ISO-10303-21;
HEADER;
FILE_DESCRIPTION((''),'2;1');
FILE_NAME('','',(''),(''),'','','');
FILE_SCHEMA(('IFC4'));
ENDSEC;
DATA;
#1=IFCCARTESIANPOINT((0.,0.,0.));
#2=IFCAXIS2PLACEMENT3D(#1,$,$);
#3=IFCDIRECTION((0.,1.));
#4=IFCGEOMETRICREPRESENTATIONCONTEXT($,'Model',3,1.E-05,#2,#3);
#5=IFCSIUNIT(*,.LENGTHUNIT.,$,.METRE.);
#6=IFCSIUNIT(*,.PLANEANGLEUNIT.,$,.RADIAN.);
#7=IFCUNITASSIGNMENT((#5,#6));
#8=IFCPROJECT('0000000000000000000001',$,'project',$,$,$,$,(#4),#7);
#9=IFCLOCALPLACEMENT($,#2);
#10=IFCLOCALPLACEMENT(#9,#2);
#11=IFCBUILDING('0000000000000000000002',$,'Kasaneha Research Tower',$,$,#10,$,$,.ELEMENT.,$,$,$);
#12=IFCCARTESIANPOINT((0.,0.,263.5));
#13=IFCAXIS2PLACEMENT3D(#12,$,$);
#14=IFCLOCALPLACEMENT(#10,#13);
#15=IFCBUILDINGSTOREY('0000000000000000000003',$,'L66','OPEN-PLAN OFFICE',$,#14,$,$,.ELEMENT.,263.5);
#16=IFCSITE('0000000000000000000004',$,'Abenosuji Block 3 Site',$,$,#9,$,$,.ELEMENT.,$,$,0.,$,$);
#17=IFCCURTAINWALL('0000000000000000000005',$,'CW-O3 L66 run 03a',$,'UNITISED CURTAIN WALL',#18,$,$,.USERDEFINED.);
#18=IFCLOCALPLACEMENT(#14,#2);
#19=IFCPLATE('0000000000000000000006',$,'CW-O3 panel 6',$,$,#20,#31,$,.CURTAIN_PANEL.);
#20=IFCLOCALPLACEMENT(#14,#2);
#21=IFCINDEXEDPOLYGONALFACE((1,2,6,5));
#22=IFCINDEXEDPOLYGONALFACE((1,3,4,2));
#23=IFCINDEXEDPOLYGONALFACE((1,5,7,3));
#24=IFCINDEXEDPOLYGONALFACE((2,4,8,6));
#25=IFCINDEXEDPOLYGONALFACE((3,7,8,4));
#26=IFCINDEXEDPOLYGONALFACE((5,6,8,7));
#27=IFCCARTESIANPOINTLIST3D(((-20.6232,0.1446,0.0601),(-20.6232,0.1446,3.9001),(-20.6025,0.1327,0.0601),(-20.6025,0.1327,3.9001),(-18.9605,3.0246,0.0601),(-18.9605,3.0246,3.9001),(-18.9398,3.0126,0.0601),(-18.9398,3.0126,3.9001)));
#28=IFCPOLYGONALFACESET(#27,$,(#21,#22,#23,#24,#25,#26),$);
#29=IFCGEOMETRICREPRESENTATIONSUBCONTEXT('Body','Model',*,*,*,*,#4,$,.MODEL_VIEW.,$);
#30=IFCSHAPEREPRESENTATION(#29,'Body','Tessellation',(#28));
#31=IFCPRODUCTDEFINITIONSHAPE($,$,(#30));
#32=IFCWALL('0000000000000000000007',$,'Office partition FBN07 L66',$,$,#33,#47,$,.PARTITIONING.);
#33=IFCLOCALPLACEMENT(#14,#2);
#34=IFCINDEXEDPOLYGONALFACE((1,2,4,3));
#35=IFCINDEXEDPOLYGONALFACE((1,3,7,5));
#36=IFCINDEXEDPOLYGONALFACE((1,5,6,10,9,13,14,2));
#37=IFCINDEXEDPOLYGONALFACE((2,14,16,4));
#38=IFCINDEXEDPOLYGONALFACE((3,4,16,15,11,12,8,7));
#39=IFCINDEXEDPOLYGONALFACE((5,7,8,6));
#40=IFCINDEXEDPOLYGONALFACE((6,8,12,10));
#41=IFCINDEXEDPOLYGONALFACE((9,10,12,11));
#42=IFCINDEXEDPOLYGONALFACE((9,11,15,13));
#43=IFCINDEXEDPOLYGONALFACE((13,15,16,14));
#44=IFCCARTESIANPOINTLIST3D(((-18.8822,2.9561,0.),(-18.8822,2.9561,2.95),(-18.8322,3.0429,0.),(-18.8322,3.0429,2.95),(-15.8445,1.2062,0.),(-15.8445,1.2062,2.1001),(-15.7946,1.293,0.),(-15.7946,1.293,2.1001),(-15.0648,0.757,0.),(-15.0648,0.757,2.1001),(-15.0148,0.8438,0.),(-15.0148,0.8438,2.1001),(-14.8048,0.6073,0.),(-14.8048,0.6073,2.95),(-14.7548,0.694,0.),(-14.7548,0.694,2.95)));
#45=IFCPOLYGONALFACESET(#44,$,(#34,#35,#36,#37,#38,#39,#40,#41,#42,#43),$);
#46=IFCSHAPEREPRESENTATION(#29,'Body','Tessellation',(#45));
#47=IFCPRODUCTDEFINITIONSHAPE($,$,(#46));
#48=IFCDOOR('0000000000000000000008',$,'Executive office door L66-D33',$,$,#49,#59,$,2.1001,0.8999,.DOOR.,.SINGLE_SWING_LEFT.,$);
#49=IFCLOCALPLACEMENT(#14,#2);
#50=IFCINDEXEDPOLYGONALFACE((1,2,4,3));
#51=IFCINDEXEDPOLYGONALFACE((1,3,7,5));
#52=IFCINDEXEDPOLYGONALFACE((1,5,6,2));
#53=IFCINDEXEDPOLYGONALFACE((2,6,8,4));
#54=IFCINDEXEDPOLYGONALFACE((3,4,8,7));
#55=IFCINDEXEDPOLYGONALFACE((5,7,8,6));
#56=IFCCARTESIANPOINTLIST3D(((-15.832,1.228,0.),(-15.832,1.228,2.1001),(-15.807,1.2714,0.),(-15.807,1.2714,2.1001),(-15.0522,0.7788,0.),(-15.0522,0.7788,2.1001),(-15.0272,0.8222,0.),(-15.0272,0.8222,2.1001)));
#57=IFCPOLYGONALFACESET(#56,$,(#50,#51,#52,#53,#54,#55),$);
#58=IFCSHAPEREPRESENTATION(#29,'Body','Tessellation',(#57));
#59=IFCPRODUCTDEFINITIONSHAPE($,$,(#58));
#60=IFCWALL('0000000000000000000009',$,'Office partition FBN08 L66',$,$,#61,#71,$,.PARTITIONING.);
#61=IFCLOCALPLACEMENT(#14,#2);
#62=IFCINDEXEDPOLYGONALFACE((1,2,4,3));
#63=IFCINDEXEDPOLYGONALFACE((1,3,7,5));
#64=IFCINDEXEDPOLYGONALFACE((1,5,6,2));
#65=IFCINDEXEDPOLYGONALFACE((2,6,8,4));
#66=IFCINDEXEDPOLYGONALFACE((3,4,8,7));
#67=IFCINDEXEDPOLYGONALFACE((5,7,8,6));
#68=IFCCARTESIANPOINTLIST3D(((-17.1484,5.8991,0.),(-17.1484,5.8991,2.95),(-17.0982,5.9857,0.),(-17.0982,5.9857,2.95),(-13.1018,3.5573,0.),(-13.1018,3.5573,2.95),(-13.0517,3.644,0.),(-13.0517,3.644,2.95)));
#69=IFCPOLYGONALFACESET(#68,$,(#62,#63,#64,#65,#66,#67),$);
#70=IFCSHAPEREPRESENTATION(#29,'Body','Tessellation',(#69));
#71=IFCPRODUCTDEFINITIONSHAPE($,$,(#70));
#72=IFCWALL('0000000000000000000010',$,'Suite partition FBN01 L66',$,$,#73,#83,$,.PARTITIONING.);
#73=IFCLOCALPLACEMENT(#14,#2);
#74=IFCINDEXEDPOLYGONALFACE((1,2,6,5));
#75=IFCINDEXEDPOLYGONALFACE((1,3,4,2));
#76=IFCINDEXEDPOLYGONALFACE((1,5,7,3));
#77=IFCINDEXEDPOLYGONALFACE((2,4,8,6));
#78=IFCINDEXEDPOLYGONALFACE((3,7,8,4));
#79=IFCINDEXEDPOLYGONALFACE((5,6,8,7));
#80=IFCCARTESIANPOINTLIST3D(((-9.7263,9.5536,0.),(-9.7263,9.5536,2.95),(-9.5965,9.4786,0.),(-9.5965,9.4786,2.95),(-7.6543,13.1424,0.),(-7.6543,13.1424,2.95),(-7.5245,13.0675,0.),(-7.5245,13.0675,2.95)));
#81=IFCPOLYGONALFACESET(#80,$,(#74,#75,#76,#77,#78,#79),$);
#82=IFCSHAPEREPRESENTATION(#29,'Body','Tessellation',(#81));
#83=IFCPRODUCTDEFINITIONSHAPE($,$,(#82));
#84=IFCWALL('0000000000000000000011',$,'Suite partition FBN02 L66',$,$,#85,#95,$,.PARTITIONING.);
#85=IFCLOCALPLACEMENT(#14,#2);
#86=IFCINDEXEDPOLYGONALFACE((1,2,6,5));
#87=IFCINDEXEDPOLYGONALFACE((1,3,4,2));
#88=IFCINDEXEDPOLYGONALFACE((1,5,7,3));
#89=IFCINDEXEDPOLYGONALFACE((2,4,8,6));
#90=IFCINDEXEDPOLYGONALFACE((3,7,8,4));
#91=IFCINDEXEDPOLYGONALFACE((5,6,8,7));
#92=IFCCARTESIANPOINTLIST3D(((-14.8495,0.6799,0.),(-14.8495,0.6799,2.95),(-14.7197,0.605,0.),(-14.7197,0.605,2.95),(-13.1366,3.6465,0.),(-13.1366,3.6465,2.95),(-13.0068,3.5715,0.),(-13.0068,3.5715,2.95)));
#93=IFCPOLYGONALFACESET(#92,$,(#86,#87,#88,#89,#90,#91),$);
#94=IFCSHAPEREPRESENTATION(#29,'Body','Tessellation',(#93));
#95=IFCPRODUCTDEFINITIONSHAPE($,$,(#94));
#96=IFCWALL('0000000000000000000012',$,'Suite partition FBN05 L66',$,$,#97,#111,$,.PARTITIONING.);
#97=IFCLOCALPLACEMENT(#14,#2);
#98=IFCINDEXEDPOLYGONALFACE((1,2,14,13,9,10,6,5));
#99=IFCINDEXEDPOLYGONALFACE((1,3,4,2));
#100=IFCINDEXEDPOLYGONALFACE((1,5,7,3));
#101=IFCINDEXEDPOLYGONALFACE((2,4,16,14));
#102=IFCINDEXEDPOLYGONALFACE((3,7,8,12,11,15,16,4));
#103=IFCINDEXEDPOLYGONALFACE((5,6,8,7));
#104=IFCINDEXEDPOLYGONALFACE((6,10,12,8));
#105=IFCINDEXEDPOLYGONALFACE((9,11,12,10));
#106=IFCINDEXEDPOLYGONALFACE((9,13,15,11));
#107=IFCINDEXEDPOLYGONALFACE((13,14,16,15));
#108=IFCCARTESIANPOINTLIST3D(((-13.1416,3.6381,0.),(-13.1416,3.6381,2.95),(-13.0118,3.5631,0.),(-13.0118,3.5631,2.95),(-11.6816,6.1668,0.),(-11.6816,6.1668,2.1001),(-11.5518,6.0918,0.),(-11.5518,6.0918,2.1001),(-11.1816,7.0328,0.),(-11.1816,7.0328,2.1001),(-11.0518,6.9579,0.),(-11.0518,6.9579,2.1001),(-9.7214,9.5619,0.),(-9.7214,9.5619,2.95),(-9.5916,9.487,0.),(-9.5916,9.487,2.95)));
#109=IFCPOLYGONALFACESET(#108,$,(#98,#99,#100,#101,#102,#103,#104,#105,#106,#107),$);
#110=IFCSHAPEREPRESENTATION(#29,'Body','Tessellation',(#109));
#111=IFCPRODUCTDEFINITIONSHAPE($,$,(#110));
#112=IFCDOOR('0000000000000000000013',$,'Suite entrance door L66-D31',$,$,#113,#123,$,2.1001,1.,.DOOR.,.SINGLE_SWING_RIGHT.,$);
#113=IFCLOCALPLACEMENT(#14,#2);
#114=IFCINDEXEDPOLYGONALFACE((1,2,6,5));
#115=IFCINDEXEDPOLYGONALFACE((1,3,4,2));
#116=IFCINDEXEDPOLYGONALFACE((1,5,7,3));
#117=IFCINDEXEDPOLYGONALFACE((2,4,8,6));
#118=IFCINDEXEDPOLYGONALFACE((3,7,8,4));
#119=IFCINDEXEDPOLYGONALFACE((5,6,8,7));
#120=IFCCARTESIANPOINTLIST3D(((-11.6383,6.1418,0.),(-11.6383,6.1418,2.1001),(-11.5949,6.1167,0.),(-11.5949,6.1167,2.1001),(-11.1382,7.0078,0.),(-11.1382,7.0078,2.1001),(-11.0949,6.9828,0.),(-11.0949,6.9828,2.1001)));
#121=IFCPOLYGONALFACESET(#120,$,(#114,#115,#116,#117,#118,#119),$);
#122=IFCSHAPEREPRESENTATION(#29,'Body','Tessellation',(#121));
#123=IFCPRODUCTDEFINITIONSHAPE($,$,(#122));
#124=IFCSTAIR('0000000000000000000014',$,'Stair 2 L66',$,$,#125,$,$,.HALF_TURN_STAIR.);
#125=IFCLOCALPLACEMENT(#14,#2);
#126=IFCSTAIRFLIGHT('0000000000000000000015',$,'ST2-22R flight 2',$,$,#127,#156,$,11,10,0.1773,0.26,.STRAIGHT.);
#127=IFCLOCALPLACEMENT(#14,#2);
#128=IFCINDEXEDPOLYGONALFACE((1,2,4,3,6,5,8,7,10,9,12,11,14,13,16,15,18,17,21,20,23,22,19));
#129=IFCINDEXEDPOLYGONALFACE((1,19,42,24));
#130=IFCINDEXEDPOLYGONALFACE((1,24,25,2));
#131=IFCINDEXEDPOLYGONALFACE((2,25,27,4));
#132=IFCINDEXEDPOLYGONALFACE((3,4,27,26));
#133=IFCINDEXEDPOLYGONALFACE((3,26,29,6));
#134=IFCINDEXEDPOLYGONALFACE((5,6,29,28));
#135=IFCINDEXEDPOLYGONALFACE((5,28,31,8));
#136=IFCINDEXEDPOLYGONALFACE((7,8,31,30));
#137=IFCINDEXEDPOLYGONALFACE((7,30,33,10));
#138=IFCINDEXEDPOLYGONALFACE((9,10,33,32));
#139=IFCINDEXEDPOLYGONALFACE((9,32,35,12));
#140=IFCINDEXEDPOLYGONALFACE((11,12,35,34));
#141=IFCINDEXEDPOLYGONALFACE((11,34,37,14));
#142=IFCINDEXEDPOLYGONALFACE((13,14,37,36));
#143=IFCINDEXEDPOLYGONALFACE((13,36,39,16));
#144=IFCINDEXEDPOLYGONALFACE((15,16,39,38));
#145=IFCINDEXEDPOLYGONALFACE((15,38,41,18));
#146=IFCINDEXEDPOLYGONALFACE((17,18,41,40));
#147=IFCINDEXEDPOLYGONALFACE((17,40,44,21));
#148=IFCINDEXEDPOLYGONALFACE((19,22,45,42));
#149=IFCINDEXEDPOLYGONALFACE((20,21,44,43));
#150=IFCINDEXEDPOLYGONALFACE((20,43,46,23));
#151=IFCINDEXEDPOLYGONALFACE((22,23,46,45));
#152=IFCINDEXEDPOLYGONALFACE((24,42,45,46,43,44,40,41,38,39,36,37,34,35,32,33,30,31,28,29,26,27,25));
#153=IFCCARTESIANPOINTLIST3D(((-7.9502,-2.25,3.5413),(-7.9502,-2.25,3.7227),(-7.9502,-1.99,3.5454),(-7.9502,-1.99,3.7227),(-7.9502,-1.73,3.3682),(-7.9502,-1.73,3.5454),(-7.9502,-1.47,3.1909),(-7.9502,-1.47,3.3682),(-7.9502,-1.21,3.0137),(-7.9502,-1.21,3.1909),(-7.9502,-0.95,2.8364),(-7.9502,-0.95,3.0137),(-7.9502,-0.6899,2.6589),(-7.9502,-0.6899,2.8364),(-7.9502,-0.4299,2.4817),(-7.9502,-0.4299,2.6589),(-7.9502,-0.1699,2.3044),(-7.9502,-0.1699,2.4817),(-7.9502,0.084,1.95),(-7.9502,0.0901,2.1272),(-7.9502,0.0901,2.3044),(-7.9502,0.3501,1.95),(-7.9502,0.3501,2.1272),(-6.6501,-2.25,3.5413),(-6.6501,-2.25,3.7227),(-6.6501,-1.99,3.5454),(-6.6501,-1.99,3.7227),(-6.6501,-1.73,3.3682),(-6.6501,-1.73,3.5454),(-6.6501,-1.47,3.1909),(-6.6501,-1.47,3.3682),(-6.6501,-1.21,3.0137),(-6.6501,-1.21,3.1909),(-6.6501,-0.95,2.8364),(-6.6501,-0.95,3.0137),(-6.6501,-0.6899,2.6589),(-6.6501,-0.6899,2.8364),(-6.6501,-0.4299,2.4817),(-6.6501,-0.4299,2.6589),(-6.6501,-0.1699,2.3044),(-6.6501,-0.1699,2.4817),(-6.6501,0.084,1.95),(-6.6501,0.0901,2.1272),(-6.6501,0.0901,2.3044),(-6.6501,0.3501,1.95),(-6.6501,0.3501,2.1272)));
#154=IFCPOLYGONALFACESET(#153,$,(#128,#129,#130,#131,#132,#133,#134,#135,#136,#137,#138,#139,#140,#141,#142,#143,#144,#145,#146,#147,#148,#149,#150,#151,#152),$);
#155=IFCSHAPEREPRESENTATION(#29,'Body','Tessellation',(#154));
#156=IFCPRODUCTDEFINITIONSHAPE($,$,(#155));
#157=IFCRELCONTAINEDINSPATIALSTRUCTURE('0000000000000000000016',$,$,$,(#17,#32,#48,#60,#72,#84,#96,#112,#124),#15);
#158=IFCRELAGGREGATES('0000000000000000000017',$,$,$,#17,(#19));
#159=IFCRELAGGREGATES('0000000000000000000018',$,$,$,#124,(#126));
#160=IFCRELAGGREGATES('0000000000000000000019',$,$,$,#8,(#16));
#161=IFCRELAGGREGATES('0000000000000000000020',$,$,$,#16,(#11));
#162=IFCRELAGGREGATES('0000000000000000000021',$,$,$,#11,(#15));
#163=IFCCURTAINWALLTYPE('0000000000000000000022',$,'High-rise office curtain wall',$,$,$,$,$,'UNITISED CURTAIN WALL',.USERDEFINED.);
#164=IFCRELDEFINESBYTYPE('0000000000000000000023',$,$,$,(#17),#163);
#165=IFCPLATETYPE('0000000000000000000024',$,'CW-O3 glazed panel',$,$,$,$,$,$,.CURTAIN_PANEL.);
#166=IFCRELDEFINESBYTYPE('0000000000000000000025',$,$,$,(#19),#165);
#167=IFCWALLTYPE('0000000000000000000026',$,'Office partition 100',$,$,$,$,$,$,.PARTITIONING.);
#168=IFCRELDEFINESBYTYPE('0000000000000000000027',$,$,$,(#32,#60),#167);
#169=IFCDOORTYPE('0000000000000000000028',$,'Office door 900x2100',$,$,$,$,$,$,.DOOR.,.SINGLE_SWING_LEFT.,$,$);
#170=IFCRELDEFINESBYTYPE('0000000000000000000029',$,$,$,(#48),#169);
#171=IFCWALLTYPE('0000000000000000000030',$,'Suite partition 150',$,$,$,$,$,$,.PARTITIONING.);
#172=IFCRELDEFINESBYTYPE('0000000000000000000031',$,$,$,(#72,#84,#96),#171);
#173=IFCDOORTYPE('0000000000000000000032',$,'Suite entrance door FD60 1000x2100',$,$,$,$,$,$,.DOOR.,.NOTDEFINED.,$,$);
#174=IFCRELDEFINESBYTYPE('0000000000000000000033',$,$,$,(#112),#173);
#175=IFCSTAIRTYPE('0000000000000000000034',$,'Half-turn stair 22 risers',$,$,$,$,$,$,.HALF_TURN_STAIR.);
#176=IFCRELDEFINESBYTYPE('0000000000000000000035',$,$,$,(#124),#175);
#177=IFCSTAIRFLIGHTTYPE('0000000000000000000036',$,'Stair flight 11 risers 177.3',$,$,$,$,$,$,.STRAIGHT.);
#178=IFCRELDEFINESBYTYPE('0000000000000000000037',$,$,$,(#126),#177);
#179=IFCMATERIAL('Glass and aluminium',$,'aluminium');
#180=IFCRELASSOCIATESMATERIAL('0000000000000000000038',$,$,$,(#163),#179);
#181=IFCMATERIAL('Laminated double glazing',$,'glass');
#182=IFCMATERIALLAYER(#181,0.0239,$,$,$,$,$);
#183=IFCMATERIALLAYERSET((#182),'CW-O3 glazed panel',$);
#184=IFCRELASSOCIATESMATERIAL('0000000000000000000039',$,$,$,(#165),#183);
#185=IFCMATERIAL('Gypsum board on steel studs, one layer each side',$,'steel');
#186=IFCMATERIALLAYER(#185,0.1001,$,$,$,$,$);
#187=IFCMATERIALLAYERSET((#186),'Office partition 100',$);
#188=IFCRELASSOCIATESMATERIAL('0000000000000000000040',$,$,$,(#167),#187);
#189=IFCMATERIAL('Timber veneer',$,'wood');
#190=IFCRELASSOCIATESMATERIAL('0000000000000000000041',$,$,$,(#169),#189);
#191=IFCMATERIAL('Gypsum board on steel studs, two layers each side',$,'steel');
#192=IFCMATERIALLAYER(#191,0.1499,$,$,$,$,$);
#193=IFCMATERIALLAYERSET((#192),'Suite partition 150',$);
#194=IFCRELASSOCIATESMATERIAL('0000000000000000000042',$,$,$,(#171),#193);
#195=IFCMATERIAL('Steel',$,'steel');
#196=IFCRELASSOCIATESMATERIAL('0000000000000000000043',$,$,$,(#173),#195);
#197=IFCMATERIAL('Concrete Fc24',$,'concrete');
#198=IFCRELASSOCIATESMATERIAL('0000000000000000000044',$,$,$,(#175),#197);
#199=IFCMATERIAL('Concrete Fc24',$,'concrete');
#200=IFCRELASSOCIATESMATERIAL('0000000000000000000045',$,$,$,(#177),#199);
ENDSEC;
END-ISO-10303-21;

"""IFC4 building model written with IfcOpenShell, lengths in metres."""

from ifc_helpers import new_model, si_unit, direction, frame, frame_2d, origin, origin_2d, place, context, subcontext, project, spatial, polyline, rectangle, outline, extrude, material, layer, layer_set, type_object, element, fill, aggregate, save


model = new_model("IFC4")

# Units and contexts
model_context = context("Model", 3, precision=1e-05, world=origin(), true_north=direction((0.0, 1.0)))
body_context = subcontext(model_context, "Body", "Model", "MODEL_VIEW")
ifc_project = project(units=[si_unit("LENGTHUNIT", "METRE"), si_unit("PLANEANGLEUNIT", "RADIAN")], contexts=[model_context])

# Site, building, storey
site_placement = place(None, origin())
site = spatial("IfcSite", under=ifc_project, at=site_placement, Name="Abenosuji Block 3 Site", CompositionType="ELEMENT", RefElevation=0.0)
building_placement = place(site_placement, origin())
building = spatial("IfcBuilding", under=site, at=building_placement, Name="Kasaneha Research Tower", CompositionType="ELEMENT")
storey_placement = place(building_placement, frame((0.0, 0.0, 263.5)))
storey = spatial("IfcBuildingStorey", under=building, at=storey_placement, Name="L66", Description="OPEN-PLAN OFFICE", CompositionType="ELEMENT", Elevation=263.5)

# Curtain wall
ifc_material_1 = material(Name="Glass and aluminium", Category="aluminium")
curtain_wall_type = type_object("IfcCurtainWallType", Name="High-rise office curtain wall", ElementType="UNITISED CURTAIN WALL", PredefinedType="USERDEFINED", material=ifc_material_1)
curtain_wall_placement = place(storey_placement, origin())
curtain_wall = element("IfcCurtainWall", 1, at=curtain_wall_placement, inside=storey, type_object=curtain_wall_type, Name="CW-O3 L66 run 03a", ObjectType="UNITISED CURTAIN WALL", PredefinedType="USERDEFINED")

# Plate
ifc_material_2 = material(Name="Laminated double glazing", Category="glass")
ifc_layer_1 = layer(ifc_material_2, 0.0239)
ifc_layer_set_1 = layer_set([ifc_layer_1], Name="CW-O3 glazed panel")
plate_type = type_object("IfcPlateType", Name="CW-O3 glazed panel", PredefinedType="CURTAIN_PANEL", material=ifc_layer_set_1)
plate_1_placement = place(storey_placement, frame((-19.7815, 1.5786, 0.0601), z_axis=(0.0, 0.0, 1.0), x_axis=(-0.5, -0.866025, 0.0)))
plate_1 = element("IfcPlate", 2, at=plate_1_placement, type_object=plate_type, Name="CW-O3 panel 6", PredefinedType="CURTAIN_PANEL", context=body_context, shape_type="SweptSolid", body=[
    extrude(rectangle(XDim=3.3254, YDim=0.0239, at=origin_2d()), origin(), (0.0, 0.0, 1.0), 3.8401),
])
aggregate(curtain_wall, [plate_1])

# Wall, opening, door
ifc_material_3 = material(Name="Gypsum board on steel studs, one layer each side", Category="steel")
ifc_layer_2 = layer(ifc_material_3, 0.1001)
ifc_layer_set_2 = layer_set([ifc_layer_2], Name="Office partition 100")
wall_type_1 = type_object("IfcWallType", Name="Office partition 100", PredefinedType="PARTITIONING", material=ifc_layer_set_2)
wall_1_placement = place(storey_placement, frame((-14.7798, 0.6506, 0.0), z_axis=(0.0, 0.0, 1.0), x_axis=(-0.866504, 0.49917, 0.0)))
wall_1 = element("IfcWall", 3, at=wall_1_placement, inside=storey, type_object=wall_type_1, Name="Office partition FBN07 L66", PredefinedType="PARTITIONING", context=body_context, shape_type="SweptSolid", body=[
    extrude(rectangle(XDim=4.7056, YDim=0.1001, at=frame_2d((2.3528, 0.0))), origin(), (0.0, 0.0, 1.0), 2.95),
])
opening_1_placement = place(wall_1_placement, frame((0.3, 0.0, 0.0)))
opening_1 = element("IfcOpeningElement", 4, at=opening_1_placement, cuts=wall_1, PredefinedType="OPENING", context=body_context, shape_type="SweptSolid", body=[
    extrude(rectangle(XDim=0.8999, YDim=2.1001, at=frame_2d((0.45, 1.05))), frame((0.0, 0.0601, 0.0), z_axis=(0.0, -1.0, 0.0), x_axis=(1.0, 0.0, 0.0)), (0.0, 0.0, 1.0), 0.1201),
])
ifc_material_4 = material(Name="Timber veneer", Category="wood")
door_type_1 = type_object("IfcDoorType", Name="Office door 900x2100", OperationType="SINGLE_SWING_LEFT", PredefinedType="DOOR", material=ifc_material_4)
door_1_placement = place(opening_1_placement, origin())
door_1 = element("IfcDoor", 5, at=door_1_placement, inside=storey, type_object=door_type_1, Name="Executive office door L66-D33", OperationType="SINGLE_SWING_LEFT", OverallHeight=2.1001, OverallWidth=0.8999, PredefinedType="DOOR", context=body_context, shape_type="SweptSolid", body=[
    extrude(rectangle(XDim=0.8999, YDim=2.1001, at=frame_2d((0.45, 1.05))), frame((0.0, 0.0249, 0.0), z_axis=(0.0, -1.0, 0.0), x_axis=(1.0, 0.0, 0.0)), (0.0, 0.0, 1.0), 0.05),
])
fill(opening_1, door_1)

# Walls
wall_2_placement = place(storey_placement, frame((-17.1233, 5.9424, 0.0), z_axis=(0.0, 0.0, 1.0), x_axis=(0.865518, -0.500878, 0.0)))
element("IfcWall", 6, at=wall_2_placement, inside=storey, type_object=wall_type_1, Name="Office partition FBN08 L66", PredefinedType="PARTITIONING", context=body_context, shape_type="SweptSolid", body=[
    extrude(rectangle(XDim=4.6753, YDim=0.1001, at=frame_2d((2.3376, 0.0))), origin(), (0.0, 0.0, 1.0), 2.95),
])
ifc_material_5 = material(Name="Gypsum board on steel studs, two layers each side", Category="steel")
ifc_layer_3 = layer(ifc_material_5, 0.1499)
ifc_layer_set_3 = layer_set([ifc_layer_3], Name="Suite partition 150")
wall_type_2 = type_object("IfcWallType", Name="Suite partition 150", PredefinedType="PARTITIONING", material=ifc_layer_set_3)
wall_3_placement = place(storey_placement, frame((-9.6614, 9.5161, 0.0), z_axis=(0.0, 0.0, 1.0), x_axis=(0.499998, 0.866027, 0.0)))
element("IfcWall", 7, at=wall_3_placement, inside=storey, type_object=wall_type_2, Name="Suite partition FBN01 L66", PredefinedType="PARTITIONING", context=body_context, shape_type="SweptSolid", body=[
    extrude(rectangle(XDim=4.144, YDim=0.1499, at=frame_2d((2.072, 0.0))), origin(), (0.0, 0.0, 1.0), 2.95),
])
wall_4_placement = place(storey_placement, frame((-14.7847, 0.6423, 0.0), z_axis=(0.0, 0.0, 1.0), x_axis=(0.500033, 0.866006, 0.0)))
element("IfcWall", 8, at=wall_4_placement, inside=storey, type_object=wall_type_2, Name="Suite partition FBN02 L66", PredefinedType="PARTITIONING", context=body_context, shape_type="SweptSolid", body=[
    extrude(rectangle(XDim=3.4255, YDim=0.1499, at=frame_2d((1.7129, 0.0))), origin(), (0.0, 0.0, 1.0), 2.95),
])

# Wall, opening, door
wall_5_placement = place(storey_placement, frame((-13.0767, 3.6006, 0.0), z_axis=(0.0, 0.0, 1.0), x_axis=(0.500005, 0.866023, 0.0)))
wall_5 = element("IfcWall", 9, at=wall_5_placement, inside=storey, type_object=wall_type_2, Name="Suite partition FBN05 L66", PredefinedType="PARTITIONING", context=body_context, shape_type="SweptSolid", body=[
    extrude(rectangle(XDim=6.8403, YDim=0.1499, at=frame_2d((3.4202, 0.0))), origin(), (0.0, 0.0, 1.0), 2.95),
])
opening_2_placement = place(wall_5_placement, frame((2.9199, 0.0, 0.0)))
opening_2 = element("IfcOpeningElement", 10, at=opening_2_placement, cuts=wall_5, PredefinedType="OPENING", context=body_context, shape_type="SweptSolid", body=[
    extrude(rectangle(XDim=1.0, YDim=2.1001, at=frame_2d((0.5, 1.05))), frame((0.0, 0.085, 0.0), z_axis=(0.0, -1.0, 0.0), x_axis=(1.0, 0.0, 0.0)), (0.0, 0.0, 1.0), 0.1699),
])
ifc_material_6 = material(Name="Steel", Category="steel")
door_type_2 = type_object("IfcDoorType", Name="Suite entrance door FD60 1000x2100", OperationType="NOTDEFINED", PredefinedType="DOOR", material=ifc_material_6)
door_2_placement = place(opening_2_placement, origin())
door_2 = element("IfcDoor", 11, at=door_2_placement, inside=storey, type_object=door_type_2, Name="Suite entrance door L66-D31", OperationType="SINGLE_SWING_RIGHT", OverallHeight=2.1001, OverallWidth=1.0, PredefinedType="DOOR", context=body_context, shape_type="SweptSolid", body=[
    extrude(rectangle(XDim=1.0, YDim=2.1001, at=frame_2d((0.5, 1.05))), frame((0.0, 0.0249, 0.0), z_axis=(0.0, -1.0, 0.0), x_axis=(1.0, 0.0, 0.0)), (0.0, 0.0, 1.0), 0.05),
])
fill(opening_2, door_2)

# Stair, stair flight
ifc_material_7 = material(Name="Concrete Fc24", Category="concrete")
stair_type = type_object("IfcStairType", Name="Half-turn stair 22 risers", PredefinedType="HALF_TURN_STAIR", material=ifc_material_7)
stair_placement = place(storey_placement, origin())
stair = element("IfcStair", 12, at=stair_placement, inside=storey, type_object=stair_type, Name="Stair 2 L66", PredefinedType="HALF_TURN_STAIR")
ifc_material_8 = material(Name="Concrete Fc24", Category="concrete")
stair_flight_type = type_object("IfcStairFlightType", Name="Stair flight 11 risers 177.3", PredefinedType="STRAIGHT", material=ifc_material_8)
stair_flight_placement = place(storey_placement, frame((-7.3, 0.3501, 1.95), z_axis=(0.0, 0.0, 1.0), x_axis=(0.0, -1.0, 0.0)))
stair_flight = element("IfcStairFlight", 13, at=stair_flight_placement, type_object=stair_flight_type, Name="ST2-22R flight 2", NumberOfRisers=11, NumberOfTreads=10, PredefinedType="STRAIGHT", RiserHeight=0.1773, TreadLength=0.26, context=body_context, shape_type="SweptSolid", body=[
    extrude(outline(polyline([(0.0, 0.0), (0.0, 0.1772), (0.26, 0.1772), (0.26, 0.3545), (0.52, 0.3545), (0.52, 0.5317), (0.78, 0.5317), (0.78, 0.709), (1.04, 0.709), (1.04, 0.8865), (1.3, 0.8865), (1.3, 1.0637), (1.5601, 1.0637), (1.5601, 1.241), (1.8201, 1.241), (1.8201, 1.4182), (2.0801, 1.4182), (2.0801, 1.5955), (2.3401, 1.5955), (2.3401, 1.7727), (2.6001, 1.7727), (2.6001, 1.95), (2.6001, 1.5913), (0.2661, 0.0), (0.0, 0.0)])), frame((0.0, 0.6499, 0.0), z_axis=(0.0, -1.0, 0.0), x_axis=(1.0, 0.0, 0.0)), (0.0, 0.0, 1.0), 1.3),
])
aggregate(stair, [stair_flight])

save(model, "model.ifc")
